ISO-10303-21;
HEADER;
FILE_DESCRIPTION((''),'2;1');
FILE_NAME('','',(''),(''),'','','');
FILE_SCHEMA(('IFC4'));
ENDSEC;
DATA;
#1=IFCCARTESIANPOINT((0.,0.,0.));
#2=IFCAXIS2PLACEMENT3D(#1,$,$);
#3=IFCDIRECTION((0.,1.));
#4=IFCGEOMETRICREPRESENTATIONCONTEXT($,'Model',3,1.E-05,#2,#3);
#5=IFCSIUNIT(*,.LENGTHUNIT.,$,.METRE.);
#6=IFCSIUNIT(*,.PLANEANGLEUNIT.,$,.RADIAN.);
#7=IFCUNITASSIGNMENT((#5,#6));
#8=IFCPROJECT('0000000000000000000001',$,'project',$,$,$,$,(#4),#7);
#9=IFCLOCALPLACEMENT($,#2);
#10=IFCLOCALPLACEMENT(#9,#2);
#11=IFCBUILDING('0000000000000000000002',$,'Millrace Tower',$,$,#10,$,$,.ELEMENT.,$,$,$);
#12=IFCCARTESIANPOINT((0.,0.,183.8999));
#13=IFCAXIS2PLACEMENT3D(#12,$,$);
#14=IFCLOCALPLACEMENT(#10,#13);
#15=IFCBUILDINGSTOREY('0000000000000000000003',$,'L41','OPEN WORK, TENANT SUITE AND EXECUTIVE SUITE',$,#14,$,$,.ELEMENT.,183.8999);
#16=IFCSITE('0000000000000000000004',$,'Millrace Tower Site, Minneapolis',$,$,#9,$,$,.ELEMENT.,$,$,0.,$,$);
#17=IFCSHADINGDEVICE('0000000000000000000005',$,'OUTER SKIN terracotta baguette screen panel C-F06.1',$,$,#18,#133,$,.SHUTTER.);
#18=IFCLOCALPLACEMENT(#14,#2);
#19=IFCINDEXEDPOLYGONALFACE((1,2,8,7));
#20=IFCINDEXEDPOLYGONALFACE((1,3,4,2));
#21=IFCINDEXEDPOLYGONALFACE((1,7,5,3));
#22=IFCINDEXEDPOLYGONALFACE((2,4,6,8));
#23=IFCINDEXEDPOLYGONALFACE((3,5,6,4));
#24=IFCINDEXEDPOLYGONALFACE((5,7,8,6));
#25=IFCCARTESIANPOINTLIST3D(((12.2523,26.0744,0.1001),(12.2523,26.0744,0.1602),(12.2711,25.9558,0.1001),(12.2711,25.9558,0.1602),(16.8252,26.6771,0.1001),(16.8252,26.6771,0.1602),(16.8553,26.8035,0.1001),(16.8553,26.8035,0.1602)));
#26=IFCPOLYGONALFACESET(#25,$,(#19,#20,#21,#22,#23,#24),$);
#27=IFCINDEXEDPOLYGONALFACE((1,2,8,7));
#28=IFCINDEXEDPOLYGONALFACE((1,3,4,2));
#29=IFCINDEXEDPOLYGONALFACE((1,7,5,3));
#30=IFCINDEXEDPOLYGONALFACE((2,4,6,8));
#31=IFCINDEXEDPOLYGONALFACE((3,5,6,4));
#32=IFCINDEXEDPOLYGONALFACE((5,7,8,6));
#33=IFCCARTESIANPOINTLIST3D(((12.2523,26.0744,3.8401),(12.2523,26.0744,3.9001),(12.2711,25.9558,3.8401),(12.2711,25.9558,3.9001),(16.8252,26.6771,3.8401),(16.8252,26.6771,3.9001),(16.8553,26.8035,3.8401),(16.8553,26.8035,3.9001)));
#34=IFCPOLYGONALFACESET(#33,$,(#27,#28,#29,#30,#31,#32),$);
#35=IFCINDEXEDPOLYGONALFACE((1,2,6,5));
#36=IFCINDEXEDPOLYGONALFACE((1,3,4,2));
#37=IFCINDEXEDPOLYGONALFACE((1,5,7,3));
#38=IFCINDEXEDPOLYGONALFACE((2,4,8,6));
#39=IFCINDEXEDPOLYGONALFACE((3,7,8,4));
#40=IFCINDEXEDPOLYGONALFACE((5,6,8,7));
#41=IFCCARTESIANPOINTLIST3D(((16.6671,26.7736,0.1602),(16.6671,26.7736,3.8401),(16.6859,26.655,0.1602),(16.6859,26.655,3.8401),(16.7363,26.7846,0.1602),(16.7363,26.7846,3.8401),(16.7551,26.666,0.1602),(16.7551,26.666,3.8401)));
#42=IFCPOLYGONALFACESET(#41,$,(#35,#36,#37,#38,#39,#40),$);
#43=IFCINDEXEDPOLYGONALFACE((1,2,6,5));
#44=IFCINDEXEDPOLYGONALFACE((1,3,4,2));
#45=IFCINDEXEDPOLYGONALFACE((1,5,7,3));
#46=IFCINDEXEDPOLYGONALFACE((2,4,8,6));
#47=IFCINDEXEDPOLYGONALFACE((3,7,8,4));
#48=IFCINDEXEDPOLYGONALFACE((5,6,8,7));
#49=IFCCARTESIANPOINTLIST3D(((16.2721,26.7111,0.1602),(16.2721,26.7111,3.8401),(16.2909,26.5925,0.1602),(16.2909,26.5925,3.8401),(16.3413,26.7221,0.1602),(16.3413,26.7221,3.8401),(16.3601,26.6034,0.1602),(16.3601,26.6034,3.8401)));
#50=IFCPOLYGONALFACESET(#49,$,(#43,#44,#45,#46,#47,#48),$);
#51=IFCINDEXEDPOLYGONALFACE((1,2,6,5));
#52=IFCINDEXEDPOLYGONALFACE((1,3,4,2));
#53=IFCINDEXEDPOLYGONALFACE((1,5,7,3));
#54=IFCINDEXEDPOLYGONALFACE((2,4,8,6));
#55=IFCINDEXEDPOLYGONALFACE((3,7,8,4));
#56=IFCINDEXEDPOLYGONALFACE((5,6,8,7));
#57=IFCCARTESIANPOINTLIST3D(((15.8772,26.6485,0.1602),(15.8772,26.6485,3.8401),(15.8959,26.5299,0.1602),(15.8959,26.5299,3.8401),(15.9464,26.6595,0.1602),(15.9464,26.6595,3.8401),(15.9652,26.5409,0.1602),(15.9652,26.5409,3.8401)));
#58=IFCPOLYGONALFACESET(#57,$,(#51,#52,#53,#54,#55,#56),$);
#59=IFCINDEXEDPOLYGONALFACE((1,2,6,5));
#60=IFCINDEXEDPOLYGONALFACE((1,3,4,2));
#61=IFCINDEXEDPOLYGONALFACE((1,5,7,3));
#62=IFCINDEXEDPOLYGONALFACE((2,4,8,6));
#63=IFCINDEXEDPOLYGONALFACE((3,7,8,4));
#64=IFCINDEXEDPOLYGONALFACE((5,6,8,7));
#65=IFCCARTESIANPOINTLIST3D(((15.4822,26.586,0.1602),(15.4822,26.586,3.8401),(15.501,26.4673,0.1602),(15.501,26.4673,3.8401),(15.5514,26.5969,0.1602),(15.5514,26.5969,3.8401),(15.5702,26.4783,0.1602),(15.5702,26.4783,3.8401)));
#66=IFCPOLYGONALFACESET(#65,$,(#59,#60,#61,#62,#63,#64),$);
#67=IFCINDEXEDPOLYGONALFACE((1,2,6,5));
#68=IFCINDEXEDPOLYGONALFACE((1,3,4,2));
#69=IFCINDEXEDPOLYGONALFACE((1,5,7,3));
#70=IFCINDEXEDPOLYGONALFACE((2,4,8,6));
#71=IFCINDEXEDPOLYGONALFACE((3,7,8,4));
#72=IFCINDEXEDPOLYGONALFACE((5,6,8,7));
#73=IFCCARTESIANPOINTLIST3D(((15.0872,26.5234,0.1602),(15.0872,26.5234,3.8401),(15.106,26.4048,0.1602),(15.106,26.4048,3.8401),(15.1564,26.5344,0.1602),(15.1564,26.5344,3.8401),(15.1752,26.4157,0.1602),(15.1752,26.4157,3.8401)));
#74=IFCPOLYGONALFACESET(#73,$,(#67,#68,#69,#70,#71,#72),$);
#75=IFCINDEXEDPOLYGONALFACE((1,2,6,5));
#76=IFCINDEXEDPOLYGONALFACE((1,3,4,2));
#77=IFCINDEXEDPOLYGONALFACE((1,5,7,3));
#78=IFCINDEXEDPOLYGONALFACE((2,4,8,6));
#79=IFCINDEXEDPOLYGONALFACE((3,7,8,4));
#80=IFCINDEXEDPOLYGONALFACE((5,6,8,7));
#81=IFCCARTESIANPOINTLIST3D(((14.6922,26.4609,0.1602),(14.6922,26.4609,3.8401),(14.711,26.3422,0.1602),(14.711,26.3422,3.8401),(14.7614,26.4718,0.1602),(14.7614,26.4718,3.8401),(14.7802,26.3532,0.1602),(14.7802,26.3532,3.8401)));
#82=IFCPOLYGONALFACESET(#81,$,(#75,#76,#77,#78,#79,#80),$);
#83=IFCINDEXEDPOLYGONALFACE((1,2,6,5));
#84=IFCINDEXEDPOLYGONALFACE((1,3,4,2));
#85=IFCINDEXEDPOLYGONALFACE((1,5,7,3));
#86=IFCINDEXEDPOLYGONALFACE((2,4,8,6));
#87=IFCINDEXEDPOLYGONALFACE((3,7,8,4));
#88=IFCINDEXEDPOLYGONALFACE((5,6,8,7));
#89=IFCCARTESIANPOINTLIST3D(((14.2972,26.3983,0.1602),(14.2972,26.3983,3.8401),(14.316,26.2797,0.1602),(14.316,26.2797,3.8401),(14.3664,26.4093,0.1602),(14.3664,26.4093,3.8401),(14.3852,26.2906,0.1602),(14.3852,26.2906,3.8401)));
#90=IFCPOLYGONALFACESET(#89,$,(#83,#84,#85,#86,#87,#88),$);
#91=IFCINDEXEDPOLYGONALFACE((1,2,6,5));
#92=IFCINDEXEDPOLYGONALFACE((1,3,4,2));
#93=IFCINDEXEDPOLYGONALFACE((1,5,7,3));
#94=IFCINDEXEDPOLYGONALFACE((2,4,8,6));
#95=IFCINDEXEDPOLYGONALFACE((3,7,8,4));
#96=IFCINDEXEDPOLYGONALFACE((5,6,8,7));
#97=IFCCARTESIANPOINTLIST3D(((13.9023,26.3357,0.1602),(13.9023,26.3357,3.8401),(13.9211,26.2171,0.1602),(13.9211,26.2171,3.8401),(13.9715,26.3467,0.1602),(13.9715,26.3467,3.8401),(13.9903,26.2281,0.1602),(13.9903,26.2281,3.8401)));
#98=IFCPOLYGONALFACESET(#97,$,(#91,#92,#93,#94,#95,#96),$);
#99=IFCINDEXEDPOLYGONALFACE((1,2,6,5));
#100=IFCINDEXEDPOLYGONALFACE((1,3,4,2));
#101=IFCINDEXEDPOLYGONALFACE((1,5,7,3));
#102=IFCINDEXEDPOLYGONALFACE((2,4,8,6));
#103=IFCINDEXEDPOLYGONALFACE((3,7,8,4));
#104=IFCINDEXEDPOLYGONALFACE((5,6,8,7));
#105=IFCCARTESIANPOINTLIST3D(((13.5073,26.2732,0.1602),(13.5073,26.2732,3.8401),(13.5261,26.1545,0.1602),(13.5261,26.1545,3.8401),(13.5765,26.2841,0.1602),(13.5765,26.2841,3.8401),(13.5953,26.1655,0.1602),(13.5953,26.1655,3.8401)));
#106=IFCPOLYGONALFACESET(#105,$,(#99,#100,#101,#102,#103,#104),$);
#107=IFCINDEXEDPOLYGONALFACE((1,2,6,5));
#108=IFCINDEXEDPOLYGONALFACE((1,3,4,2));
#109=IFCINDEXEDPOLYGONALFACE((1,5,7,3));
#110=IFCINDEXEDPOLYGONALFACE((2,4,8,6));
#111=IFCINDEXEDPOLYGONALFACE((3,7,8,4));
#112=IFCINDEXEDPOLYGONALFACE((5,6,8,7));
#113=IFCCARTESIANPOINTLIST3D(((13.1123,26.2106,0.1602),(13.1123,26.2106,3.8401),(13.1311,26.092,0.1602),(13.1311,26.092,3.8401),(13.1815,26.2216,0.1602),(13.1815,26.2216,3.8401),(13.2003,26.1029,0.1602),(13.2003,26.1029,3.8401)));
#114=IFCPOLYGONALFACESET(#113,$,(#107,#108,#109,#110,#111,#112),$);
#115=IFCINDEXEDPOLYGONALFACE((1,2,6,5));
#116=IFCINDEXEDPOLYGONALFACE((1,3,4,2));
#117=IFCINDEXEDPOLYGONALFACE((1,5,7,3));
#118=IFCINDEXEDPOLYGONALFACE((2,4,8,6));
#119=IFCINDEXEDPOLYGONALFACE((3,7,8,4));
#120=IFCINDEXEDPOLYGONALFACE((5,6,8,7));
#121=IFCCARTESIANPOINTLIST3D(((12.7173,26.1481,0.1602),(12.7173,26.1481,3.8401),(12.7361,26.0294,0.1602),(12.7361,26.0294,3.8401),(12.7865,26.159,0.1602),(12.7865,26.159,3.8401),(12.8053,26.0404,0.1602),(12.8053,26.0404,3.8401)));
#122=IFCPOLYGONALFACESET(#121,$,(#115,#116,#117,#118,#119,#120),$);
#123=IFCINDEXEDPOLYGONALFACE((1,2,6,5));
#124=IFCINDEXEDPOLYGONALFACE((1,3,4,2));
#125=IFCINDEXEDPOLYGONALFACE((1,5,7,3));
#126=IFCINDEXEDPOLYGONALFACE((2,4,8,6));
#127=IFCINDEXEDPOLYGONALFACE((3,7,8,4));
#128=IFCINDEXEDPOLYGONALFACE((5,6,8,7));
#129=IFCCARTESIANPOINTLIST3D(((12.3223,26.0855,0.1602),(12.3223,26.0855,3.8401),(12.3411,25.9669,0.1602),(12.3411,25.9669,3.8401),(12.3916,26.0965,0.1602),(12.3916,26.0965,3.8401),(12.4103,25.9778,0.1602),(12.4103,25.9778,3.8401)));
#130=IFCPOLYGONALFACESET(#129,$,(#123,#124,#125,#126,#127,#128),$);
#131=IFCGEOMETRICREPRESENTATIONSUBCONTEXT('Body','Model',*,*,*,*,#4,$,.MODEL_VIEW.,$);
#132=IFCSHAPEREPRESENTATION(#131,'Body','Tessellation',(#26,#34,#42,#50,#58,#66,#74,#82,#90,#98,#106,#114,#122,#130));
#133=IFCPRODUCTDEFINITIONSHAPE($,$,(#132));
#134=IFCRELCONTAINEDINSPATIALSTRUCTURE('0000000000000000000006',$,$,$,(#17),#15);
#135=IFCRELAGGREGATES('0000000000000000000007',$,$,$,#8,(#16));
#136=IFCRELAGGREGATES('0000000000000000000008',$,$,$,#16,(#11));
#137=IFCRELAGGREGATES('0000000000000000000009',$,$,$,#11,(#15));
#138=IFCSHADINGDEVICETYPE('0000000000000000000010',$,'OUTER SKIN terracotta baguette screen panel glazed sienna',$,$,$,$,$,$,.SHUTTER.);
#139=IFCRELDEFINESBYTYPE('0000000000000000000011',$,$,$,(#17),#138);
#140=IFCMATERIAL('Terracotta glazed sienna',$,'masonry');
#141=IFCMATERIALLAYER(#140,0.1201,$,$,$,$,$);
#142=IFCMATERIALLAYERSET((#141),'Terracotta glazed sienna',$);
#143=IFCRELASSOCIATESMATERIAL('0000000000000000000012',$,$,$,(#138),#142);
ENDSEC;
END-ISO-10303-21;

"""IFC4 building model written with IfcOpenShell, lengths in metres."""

from ifc_helpers import new_model, entity, si_unit, direction, frame, frame_2d, origin, place, context, subcontext, project, spatial, rectangle, extrude, source, transform, mapped, material, layer, layer_set, type_object, element, save


model = new_model("IFC4")

# Units and contexts
model_context = context("Model", 3, precision=1e-05, world=origin(), true_north=direction((0.0, 1.0)))
body_context = subcontext(model_context, "Body", "Model", "MODEL_VIEW")
ifc_project = project(units=[si_unit("LENGTHUNIT", "METRE"), si_unit("PLANEANGLEUNIT", "RADIAN")], contexts=[model_context])

# Site, building, storey
site_placement = place(None, origin())
site = spatial("IfcSite", under=ifc_project, at=site_placement, Name="Millrace Tower Site, Minneapolis", CompositionType="ELEMENT", RefElevation=0.0)
building_placement = place(site_placement, origin())
building = spatial("IfcBuilding", under=site, at=building_placement, Name="Millrace Tower", CompositionType="ELEMENT")
storey_placement = place(building_placement, frame((0.0, 0.0, 183.8999)))
storey = spatial("IfcBuildingStorey", under=building, at=storey_placement, Name="L41", Description="OPEN WORK, TENANT SUITE AND EXECUTIVE SUITE", CompositionType="ELEMENT", Elevation=183.8999)

# Shading device
ifc_material_1 = material(Name="Terracotta glazed sienna", Category="masonry")
ifc_layer_1 = layer(ifc_material_1, 0.1201)
ifc_layer_set_1 = layer_set([ifc_layer_1], Name="Terracotta glazed sienna")
shading_device_type = type_object("IfcShadingDeviceType", Name="OUTER SKIN terracotta baguette screen panel glazed sienna", PredefinedType="SHUTTER", material=ifc_layer_set_1)
cartesian_point_1 = entity("IfcCartesianPoint", [-2.293, 0.0601])
shared_polyline_1 = entity("IfcPolyline", [cartesian_point_1, entity("IfcCartesianPoint", [2.3179, 0.0601]), entity("IfcCartesianPoint", [2.3179, -0.0601]), entity("IfcCartesianPoint", [-2.3425, -0.0601]), cartesian_point_1])
shared_shape_1 = source(origin(), body_context, "Body", "SweptSolid", [
    entity("IfcExtrudedAreaSolid", entity("IfcArbitraryClosedProfileDef", "AREA", None, shared_polyline_1), entity("IfcAxis2Placement3D", entity("IfcCartesianPoint", [0.0, 0.0, 0.0])), entity("IfcDirection", [0.0, 0.0, 1.0]), 0.0601),
    entity("IfcExtrudedAreaSolid", entity("IfcArbitraryClosedProfileDef", "AREA", None, shared_polyline_1), entity("IfcAxis2Placement3D", entity("IfcCartesianPoint", [0.0, 0.0, 3.74])), entity("IfcDirection", [0.0, 0.0, 1.0]), 0.0601),
    extrude(rectangle(XDim=0.0701, YDim=0.1201, at=frame_2d((-2.187, 0.0))), frame((0.0, 0.0, 0.0601)), (0.0, 0.0, 1.0), 3.6799),
    extrude(rectangle(XDim=0.0701, YDim=0.1201, at=frame_2d((-1.7871, 0.0))), frame((0.0, 0.0, 0.0601)), (0.0, 0.0, 1.0), 3.6799),
    extrude(rectangle(XDim=0.0701, YDim=0.1201, at=frame_2d((-1.3872, 0.0))), frame((0.0, 0.0, 0.0601)), (0.0, 0.0, 1.0), 3.6799),
    extrude(rectangle(XDim=0.0701, YDim=0.1201, at=frame_2d((-0.9873, 0.0))), frame((0.0, 0.0, 0.0601)), (0.0, 0.0, 1.0), 3.6799),
    extrude(rectangle(XDim=0.0701, YDim=0.1201, at=frame_2d((-0.5874, 0.0))), frame((0.0, 0.0, 0.0601)), (0.0, 0.0, 1.0), 3.6799),
    extrude(rectangle(XDim=0.0701, YDim=0.1201, at=frame_2d((-0.1875, 0.0))), frame((0.0, 0.0, 0.0601)), (0.0, 0.0, 1.0), 3.6799),
    extrude(rectangle(XDim=0.0701, YDim=0.1201, at=frame_2d((0.2124, 0.0))), frame((0.0, 0.0, 0.0601)), (0.0, 0.0, 1.0), 3.6799),
    extrude(rectangle(XDim=0.0701, YDim=0.1201, at=frame_2d((0.6123, 0.0))), frame((0.0, 0.0, 0.0601)), (0.0, 0.0, 1.0), 3.6799),
    extrude(rectangle(XDim=0.0701, YDim=0.1201, at=frame_2d((1.0122, 0.0))), frame((0.0, 0.0, 0.0601)), (0.0, 0.0, 1.0), 3.6799),
    extrude(rectangle(XDim=0.0701, YDim=0.1201, at=frame_2d((1.4121, 0.0))), frame((0.0, 0.0, 0.0601)), (0.0, 0.0, 1.0), 3.6799),
    extrude(rectangle(XDim=0.0701, YDim=0.1201, at=frame_2d((1.812, 0.0))), frame((0.0, 0.0, 0.0601)), (0.0, 0.0, 1.0), 3.6799),
    extrude(rectangle(XDim=0.0701, YDim=0.1201, at=frame_2d((2.2119, 0.0))), frame((0.0, 0.0, 0.0601)), (0.0, 0.0, 1.0), 3.6799),
])
shading_device_placement = place(storey_placement, frame((14.551, 26.3777, 0.1001), z_axis=(0.0, 0.0, 1.0), x_axis=(-0.987688, -0.156434, 0.0)))
element("IfcShadingDevice", 1, at=shading_device_placement, inside=storey, type_object=shading_device_type, Name="OUTER SKIN terracotta baguette screen panel C-F06.1", PredefinedType="SHUTTER", context=body_context, shape_type="MappedRepresentation", body=[
    mapped(shared_shape_1, transform((0.0, 0.0, 0.0), scale=1.0)),
])

save(model, "model.ifc")
